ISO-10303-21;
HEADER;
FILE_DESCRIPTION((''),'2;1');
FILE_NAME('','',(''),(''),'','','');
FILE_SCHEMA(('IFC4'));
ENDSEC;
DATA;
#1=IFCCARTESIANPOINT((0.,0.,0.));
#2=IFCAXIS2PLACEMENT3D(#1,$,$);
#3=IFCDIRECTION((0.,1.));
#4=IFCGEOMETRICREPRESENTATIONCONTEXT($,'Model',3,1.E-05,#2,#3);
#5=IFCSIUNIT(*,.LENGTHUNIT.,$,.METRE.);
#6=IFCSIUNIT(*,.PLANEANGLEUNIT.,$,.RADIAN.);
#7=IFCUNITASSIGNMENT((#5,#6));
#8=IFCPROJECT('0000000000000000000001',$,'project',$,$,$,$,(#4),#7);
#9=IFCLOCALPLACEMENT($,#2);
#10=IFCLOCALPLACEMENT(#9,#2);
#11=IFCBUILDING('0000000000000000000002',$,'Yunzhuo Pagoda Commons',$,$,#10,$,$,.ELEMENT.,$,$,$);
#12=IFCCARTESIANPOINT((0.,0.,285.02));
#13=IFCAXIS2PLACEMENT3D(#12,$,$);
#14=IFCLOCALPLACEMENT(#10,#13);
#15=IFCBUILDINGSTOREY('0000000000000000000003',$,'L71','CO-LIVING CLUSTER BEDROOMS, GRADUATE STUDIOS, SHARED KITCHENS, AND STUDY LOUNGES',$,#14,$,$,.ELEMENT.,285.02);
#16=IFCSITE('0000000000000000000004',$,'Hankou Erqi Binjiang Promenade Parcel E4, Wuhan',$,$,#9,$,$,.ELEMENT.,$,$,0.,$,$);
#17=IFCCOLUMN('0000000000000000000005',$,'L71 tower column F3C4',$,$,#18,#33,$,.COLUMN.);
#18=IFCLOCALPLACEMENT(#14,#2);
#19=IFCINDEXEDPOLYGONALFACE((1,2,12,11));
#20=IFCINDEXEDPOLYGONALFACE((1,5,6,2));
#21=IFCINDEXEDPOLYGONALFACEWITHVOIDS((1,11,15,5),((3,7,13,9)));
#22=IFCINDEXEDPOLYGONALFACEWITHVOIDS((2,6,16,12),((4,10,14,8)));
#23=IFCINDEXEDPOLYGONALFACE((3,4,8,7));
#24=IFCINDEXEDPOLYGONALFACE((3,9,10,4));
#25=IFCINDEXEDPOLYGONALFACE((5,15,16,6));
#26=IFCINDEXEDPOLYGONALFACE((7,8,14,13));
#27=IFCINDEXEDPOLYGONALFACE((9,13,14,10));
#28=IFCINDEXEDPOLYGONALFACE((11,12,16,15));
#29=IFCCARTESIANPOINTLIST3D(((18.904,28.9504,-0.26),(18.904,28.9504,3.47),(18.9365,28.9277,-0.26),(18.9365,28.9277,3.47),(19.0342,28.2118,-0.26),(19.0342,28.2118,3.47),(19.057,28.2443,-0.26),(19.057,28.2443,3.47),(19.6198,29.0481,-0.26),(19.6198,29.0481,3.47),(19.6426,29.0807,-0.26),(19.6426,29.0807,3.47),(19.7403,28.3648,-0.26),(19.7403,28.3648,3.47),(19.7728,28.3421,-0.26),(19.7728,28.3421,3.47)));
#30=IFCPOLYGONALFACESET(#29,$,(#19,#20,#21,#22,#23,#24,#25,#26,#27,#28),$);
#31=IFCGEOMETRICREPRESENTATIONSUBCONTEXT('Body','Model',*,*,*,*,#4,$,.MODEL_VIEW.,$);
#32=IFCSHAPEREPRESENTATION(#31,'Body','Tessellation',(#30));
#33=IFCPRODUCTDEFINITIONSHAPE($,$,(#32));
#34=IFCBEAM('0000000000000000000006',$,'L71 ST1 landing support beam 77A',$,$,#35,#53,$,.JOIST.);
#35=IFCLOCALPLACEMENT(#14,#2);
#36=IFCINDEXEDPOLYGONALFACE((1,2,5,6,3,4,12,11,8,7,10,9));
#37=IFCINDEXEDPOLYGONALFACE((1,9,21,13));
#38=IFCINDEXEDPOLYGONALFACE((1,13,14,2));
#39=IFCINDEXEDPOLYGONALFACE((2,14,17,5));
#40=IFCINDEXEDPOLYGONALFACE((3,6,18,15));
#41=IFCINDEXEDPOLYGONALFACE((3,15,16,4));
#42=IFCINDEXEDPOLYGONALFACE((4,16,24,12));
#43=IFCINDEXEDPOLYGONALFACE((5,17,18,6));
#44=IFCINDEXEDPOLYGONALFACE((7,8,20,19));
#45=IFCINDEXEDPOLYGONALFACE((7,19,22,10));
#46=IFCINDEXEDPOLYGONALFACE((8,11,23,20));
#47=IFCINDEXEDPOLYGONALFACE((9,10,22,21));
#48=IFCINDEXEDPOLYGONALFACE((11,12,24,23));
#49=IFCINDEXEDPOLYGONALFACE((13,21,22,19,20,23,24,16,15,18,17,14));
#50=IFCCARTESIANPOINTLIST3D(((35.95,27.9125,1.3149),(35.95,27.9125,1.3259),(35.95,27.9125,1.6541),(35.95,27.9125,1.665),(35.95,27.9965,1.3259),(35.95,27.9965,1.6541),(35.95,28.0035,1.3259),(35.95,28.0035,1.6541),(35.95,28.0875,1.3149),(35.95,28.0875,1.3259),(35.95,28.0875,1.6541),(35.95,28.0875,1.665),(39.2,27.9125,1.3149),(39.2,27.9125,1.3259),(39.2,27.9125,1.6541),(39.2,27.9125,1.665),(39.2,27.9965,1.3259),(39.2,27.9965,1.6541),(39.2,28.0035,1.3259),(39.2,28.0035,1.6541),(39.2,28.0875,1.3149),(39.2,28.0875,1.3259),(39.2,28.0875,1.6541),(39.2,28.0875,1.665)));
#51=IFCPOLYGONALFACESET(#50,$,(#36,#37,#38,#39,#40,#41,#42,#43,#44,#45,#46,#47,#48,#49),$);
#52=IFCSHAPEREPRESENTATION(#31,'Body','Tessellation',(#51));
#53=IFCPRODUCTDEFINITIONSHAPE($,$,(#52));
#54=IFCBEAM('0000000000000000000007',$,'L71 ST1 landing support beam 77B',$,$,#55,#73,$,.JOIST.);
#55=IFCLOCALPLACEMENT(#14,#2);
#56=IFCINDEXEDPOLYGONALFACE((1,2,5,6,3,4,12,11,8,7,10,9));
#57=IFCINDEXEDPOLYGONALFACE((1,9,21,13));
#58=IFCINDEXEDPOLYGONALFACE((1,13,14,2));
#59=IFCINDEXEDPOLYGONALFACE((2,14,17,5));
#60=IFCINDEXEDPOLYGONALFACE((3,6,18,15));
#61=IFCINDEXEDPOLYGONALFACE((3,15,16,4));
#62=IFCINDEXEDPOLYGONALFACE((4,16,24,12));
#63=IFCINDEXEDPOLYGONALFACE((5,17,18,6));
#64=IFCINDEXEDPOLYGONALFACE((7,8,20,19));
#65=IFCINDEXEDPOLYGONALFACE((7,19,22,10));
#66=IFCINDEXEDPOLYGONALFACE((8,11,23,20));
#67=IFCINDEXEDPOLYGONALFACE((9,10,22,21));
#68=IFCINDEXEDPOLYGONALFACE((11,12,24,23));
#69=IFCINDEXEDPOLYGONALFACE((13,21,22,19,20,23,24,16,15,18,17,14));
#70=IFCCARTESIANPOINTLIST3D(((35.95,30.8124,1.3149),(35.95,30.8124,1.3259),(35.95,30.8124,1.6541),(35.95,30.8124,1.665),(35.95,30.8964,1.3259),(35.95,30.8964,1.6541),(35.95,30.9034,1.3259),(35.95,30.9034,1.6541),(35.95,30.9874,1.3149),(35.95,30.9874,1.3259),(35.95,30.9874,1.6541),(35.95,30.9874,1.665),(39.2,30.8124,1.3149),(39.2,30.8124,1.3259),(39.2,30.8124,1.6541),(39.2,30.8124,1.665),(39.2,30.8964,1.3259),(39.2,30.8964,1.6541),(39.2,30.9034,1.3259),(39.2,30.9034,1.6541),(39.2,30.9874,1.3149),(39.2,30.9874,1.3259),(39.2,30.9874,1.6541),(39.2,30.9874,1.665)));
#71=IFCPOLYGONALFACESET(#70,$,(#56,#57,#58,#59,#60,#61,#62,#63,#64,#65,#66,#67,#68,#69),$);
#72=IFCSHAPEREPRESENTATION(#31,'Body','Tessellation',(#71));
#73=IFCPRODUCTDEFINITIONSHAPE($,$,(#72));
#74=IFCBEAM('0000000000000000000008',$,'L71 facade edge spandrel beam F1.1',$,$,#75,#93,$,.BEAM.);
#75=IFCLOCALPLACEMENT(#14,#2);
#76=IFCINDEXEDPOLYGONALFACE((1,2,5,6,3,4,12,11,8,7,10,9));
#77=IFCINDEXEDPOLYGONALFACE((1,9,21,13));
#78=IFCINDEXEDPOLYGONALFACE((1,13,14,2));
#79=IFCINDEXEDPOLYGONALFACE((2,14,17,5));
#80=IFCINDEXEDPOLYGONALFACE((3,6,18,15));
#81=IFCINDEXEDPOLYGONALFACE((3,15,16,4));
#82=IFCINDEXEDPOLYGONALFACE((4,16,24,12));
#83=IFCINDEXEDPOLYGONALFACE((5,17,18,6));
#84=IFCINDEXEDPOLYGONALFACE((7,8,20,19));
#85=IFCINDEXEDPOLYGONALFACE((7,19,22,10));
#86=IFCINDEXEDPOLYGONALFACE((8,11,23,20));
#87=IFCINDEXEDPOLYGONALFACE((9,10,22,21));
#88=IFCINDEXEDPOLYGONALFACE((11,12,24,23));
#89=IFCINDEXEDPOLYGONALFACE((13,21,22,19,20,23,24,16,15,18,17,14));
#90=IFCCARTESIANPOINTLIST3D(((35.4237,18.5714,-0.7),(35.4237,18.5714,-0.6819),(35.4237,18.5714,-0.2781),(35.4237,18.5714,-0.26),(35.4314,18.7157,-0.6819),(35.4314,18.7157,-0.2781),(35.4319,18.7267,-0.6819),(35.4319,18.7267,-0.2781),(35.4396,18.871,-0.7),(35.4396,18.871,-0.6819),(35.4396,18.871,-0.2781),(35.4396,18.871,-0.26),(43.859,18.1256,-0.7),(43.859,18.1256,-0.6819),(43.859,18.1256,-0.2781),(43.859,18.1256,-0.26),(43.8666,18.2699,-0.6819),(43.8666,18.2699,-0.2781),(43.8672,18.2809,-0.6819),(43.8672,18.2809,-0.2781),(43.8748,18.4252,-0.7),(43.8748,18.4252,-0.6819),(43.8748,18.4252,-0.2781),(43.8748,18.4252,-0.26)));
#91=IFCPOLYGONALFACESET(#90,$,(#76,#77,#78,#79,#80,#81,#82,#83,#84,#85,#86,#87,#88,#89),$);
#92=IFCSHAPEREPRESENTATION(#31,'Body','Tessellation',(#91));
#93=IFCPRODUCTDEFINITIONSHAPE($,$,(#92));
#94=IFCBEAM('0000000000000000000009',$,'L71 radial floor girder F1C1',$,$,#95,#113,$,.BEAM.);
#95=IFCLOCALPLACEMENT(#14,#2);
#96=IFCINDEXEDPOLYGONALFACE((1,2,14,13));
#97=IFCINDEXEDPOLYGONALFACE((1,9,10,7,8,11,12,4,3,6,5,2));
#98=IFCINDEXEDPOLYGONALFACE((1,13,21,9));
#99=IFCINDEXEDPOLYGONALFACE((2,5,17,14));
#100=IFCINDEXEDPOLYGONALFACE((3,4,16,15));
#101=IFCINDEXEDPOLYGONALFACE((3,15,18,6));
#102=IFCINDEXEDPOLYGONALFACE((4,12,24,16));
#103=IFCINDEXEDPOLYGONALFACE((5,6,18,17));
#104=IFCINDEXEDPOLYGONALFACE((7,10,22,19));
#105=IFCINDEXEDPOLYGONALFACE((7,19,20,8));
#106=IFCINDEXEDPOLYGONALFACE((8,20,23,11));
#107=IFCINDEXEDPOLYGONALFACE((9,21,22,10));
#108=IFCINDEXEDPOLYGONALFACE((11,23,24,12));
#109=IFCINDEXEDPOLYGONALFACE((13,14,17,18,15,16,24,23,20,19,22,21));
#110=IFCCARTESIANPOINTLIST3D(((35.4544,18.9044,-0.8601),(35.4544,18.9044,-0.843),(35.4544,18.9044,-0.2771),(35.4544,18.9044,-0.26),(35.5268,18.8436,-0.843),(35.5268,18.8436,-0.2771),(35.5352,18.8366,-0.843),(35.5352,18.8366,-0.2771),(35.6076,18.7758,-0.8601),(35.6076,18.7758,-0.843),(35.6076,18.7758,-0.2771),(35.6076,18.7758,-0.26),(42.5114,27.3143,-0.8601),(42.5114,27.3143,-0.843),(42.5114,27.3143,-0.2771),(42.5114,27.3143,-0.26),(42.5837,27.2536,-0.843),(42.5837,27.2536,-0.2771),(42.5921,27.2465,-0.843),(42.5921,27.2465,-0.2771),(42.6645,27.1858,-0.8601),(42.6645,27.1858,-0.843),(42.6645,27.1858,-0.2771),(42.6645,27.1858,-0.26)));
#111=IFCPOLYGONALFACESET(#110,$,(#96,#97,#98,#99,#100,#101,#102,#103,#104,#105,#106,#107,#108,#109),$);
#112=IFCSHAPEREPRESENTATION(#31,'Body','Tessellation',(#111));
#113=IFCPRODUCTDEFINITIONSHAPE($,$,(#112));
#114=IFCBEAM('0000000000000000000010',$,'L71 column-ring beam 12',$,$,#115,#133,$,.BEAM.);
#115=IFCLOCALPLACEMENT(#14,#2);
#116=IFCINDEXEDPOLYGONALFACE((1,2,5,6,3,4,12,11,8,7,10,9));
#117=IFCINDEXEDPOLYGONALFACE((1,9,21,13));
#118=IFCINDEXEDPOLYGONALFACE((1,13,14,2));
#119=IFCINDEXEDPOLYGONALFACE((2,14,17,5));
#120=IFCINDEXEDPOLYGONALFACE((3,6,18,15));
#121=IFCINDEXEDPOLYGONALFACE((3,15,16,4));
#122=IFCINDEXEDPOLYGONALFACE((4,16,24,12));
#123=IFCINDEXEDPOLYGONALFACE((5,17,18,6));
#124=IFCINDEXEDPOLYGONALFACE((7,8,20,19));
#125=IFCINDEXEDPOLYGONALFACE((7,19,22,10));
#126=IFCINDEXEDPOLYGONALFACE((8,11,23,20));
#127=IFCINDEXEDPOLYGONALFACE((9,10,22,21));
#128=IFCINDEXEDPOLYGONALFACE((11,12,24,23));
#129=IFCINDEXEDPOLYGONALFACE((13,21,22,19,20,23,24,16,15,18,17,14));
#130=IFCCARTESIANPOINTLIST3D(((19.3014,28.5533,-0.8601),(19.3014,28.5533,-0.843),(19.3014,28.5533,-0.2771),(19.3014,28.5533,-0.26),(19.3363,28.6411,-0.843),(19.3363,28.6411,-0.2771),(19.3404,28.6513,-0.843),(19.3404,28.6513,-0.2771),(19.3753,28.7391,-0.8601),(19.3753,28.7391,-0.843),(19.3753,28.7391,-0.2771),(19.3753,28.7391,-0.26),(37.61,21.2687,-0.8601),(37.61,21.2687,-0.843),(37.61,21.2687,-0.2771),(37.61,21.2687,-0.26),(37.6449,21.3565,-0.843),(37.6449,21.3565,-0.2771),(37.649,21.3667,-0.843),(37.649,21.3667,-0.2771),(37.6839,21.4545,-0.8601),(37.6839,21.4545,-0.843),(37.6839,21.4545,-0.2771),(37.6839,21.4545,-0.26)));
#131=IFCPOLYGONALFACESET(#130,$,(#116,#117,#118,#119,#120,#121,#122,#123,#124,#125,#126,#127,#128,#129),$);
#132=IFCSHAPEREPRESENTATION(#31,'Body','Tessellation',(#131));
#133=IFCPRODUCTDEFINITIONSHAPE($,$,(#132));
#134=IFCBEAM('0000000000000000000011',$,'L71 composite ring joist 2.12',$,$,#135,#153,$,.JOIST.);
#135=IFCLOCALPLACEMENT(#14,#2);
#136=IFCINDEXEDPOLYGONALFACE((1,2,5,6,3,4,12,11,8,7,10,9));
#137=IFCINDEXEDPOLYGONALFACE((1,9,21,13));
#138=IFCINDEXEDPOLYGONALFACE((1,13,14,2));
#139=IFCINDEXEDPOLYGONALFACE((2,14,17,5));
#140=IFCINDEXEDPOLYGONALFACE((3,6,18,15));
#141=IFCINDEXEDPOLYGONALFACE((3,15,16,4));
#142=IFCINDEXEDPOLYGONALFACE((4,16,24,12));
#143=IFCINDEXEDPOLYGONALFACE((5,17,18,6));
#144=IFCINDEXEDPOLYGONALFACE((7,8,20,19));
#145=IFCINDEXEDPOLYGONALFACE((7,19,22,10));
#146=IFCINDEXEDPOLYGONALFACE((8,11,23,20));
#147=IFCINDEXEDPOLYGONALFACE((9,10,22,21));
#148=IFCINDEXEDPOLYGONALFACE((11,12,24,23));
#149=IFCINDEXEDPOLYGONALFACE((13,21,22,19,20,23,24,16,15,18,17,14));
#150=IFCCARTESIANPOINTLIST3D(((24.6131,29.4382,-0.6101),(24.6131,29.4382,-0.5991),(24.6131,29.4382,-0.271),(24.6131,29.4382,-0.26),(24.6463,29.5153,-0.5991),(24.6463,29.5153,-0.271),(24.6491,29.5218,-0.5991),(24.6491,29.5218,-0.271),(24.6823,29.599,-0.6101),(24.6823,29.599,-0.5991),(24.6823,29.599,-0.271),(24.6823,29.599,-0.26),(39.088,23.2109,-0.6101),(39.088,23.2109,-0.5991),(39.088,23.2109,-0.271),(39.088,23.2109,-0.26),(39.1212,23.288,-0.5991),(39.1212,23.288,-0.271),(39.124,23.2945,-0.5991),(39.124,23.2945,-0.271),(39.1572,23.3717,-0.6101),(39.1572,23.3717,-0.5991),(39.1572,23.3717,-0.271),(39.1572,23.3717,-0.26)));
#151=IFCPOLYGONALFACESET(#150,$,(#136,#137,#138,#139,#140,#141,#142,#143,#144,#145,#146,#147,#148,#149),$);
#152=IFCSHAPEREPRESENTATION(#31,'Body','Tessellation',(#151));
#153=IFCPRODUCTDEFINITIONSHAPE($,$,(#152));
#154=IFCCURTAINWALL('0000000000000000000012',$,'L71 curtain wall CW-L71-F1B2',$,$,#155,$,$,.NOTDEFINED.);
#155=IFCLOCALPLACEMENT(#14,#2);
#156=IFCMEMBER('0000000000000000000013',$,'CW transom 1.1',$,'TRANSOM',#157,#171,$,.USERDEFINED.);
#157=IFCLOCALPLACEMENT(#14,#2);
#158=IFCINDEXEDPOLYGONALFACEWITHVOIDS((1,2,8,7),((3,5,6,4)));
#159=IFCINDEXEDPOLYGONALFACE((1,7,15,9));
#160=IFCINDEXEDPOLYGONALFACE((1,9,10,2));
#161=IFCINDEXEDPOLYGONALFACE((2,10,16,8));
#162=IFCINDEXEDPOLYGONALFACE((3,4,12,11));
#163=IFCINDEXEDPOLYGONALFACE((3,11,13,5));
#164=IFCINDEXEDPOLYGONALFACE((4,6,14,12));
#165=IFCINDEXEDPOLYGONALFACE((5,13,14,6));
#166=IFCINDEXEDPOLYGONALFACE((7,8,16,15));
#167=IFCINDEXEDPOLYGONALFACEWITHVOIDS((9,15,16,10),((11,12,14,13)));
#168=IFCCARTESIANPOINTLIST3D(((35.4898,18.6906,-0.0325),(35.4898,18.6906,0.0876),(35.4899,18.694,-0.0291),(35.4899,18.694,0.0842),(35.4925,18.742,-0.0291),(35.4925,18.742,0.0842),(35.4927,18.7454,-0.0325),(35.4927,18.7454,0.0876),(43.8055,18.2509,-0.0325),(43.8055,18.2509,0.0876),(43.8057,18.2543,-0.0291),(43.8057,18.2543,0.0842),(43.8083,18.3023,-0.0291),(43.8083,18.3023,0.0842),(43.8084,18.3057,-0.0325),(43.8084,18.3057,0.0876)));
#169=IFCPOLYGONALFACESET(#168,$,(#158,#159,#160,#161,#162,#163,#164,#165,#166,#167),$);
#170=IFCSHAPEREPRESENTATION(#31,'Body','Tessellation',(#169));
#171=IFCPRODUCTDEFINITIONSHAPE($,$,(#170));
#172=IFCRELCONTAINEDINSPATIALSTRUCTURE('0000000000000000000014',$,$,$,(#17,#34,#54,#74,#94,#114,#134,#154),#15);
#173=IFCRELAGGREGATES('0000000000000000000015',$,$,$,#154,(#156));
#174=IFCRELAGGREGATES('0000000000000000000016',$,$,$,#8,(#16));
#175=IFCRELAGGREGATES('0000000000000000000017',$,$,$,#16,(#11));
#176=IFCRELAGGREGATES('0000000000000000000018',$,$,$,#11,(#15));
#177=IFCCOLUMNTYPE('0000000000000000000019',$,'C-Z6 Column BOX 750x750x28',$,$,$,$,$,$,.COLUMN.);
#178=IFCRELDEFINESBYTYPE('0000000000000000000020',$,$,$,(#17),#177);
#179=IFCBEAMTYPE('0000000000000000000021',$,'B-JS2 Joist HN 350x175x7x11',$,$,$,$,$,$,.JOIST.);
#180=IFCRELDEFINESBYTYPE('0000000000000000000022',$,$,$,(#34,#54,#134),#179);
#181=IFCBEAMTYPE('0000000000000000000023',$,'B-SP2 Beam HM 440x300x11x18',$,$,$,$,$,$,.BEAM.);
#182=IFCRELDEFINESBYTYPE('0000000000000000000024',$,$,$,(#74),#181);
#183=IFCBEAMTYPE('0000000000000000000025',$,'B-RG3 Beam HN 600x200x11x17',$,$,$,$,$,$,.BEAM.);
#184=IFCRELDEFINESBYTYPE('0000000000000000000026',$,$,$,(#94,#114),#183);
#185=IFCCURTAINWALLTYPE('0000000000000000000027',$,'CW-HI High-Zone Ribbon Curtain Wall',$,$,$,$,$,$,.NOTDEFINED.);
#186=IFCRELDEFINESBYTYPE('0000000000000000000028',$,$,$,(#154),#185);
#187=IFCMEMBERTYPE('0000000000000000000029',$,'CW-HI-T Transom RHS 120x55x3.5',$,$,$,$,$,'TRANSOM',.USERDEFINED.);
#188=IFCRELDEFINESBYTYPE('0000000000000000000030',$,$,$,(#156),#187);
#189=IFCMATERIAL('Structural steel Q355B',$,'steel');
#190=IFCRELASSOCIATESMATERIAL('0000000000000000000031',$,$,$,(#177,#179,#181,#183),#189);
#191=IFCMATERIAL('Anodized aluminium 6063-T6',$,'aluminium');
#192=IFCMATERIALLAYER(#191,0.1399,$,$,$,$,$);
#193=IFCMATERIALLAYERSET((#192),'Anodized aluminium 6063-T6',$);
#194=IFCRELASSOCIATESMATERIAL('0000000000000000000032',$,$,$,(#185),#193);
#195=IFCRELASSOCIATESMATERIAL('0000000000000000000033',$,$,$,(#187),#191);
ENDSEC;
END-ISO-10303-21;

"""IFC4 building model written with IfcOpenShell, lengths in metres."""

from ifc_helpers import new_model, si_unit, direction, frame, origin, origin_2d, place, context, subcontext, project, spatial, hollow_rectangle, i_section, extrude, source, transform, mapped, material, layer, layer_set, material_profile, profile_set, type_object, element, aggregate, save


model = new_model("IFC4")

# Units and contexts
model_context = context("Model", 3, precision=1e-05, world=origin(), true_north=direction((0.0, 1.0)))
body_context = subcontext(model_context, "Body", "Model", "MODEL_VIEW")
ifc_project = project(units=[si_unit("LENGTHUNIT", "METRE"), si_unit("PLANEANGLEUNIT", "RADIAN")], contexts=[model_context])

# Site, building, storey
site_placement = place(None, origin())
site = spatial("IfcSite", under=ifc_project, at=site_placement, Name="Hankou Erqi Binjiang Promenade Parcel E4, Wuhan", CompositionType="ELEMENT", RefElevation=0.0)
building_placement = place(site_placement, origin())
building = spatial("IfcBuilding", under=site, at=building_placement, Name="Yunzhuo Pagoda Commons", CompositionType="ELEMENT")
storey_placement = place(building_placement, frame((0.0, 0.0, 285.02)))
storey = spatial("IfcBuildingStorey", under=building, at=storey_placement, Name="L71", Description="CO-LIVING CLUSTER BEDROOMS, GRADUATE STUDIOS, SHARED KITCHENS, AND STUDY LOUNGES", CompositionType="ELEMENT", Elevation=285.02)

# Column
ifc_material_1 = material(Name="Structural steel Q355B", Category="steel")
ifc_material_profile_1 = material_profile(ifc_material_1, hollow_rectangle(XDim=0.75, YDim=0.75, WallThickness=0.0281, at=origin_2d()), Name="Structural steel Q355B")
ifc_profile_set_1 = profile_set([ifc_material_profile_1], Name="Structural steel Q355B")
column_type = type_object("IfcColumnType", Name="C-Z6 Column BOX 750x750x28", PredefinedType="COLUMN", material=ifc_profile_set_1)
shared_shape_1 = source(origin(), body_context, "Body", "SweptSolid", [
    extrude(hollow_rectangle(XDim=0.75, YDim=0.75, WallThickness=0.0281, at=origin_2d()), origin(), (0.0, 0.0, 1.0), 3.73),
])
column_placement = place(storey_placement, frame((19.3384, 28.6462, -0.26), z_axis=(0.0, 0.0, 1.0), x_axis=(0.173648, -0.984808, 0.0)))
element("IfcColumn", 1, at=column_placement, inside=storey, type_object=column_type, Name="L71 tower column F3C4", PredefinedType="COLUMN", context=body_context, shape_type="MappedRepresentation", body=[
    mapped(shared_shape_1, transform((0.0, 0.0, 0.0), scale=1.0)),
])

# Beams
ifc_material_profile_2 = material_profile(ifc_material_1, i_section(OverallWidth=0.175, OverallDepth=0.3501, WebThickness=0.0071, FlangeThickness=0.011, at=origin_2d()), Name="Structural steel Q355B")
ifc_profile_set_2 = profile_set([ifc_material_profile_2], Name="Structural steel Q355B")
beam_type_1 = type_object("IfcBeamType", Name="B-JS2 Joist HN 350x175x7x11", PredefinedType="JOIST", material=ifc_profile_set_2)
shared_shape_2 = source(origin(), body_context, "Body", "SweptSolid", [
    extrude(i_section(OverallWidth=0.175, OverallDepth=0.3501, WebThickness=0.0071, FlangeThickness=0.011, at=origin_2d()), origin(), (0.0, 0.0, 1.0), 3.25),
])
for number, where, z_axis, x_axis, name in (
    (2, (35.95, 28.0, 1.49), (1.0, 0.0, 0.0), (0.0, 1.0, 0.0), "L71 ST1 landing support beam 77A"),
    (3, (35.95, 30.8999, 1.49), (1.0, 0.0, 0.0), (0.0, 1.0, 0.0), "L71 ST1 landing support beam 77B"),
):
    element("IfcBeam", number, at=place(storey_placement, frame(where, z_axis=z_axis, x_axis=x_axis)), inside=storey, type_object=beam_type_1, Name=name, PredefinedType="JOIST", context=body_context, shape_type="MappedRepresentation", body=[
        mapped(shared_shape_2, transform((0.0, 0.0, 0.0), scale=1.0)),
    ])
ifc_material_profile_3 = material_profile(ifc_material_1, i_section(OverallWidth=0.3, OverallDepth=0.4399, WebThickness=0.011, FlangeThickness=0.0181, at=origin_2d()), Name="Structural steel Q355B")
ifc_profile_set_3 = profile_set([ifc_material_profile_3], Name="Structural steel Q355B")
beam_type_2 = type_object("IfcBeamType", Name="B-SP2 Beam HM 440x300x11x18", PredefinedType="BEAM", material=ifc_profile_set_3)
shared_shape_3 = source(origin(), body_context, "Body", "SweptSolid", [
    extrude(i_section(OverallWidth=0.3, OverallDepth=0.4399, WebThickness=0.011, FlangeThickness=0.0181, at=origin_2d()), origin(), (0.0, 0.0, 1.0), 8.447),
])
beam_1_placement = place(storey_placement, frame((35.4316, 18.7212, -0.48), z_axis=(0.998606, -0.052776, 0.0), x_axis=(0.052776, 0.998606, 0.0)))
element("IfcBeam", 4, at=beam_1_placement, inside=storey, type_object=beam_type_2, Name="L71 facade edge spandrel beam F1.1", PredefinedType="BEAM", context=body_context, shape_type="MappedRepresentation", body=[
    mapped(shared_shape_3, transform((0.0, 0.0, 0.0), scale=1.0)),
])
ifc_material_profile_4 = material_profile(ifc_material_1, i_section(OverallWidth=0.2, OverallDepth=0.6001, WebThickness=0.011, FlangeThickness=0.0171, at=origin_2d()), Name="Structural steel Q355B")
ifc_profile_set_4 = profile_set([ifc_material_profile_4], Name="Structural steel Q355B")
beam_type_3 = type_object("IfcBeamType", Name="B-RG3 Beam HN 600x200x11x17", PredefinedType="BEAM", material=ifc_profile_set_4)
shared_shape_4 = source(origin(), body_context, "Body", "SweptSolid", [
    extrude(i_section(OverallWidth=0.2, OverallDepth=0.6001, WebThickness=0.011, FlangeThickness=0.0171, at=origin_2d()), origin(), (0.0, 0.0, 1.0), 10.9785),
])
beam_2_placement = place(storey_placement, frame((35.531, 18.8401, -0.5601), z_axis=(0.642795, 0.766039, 0.0), x_axis=(-0.766039, 0.642795, 0.0)))
element("IfcBeam", 5, at=beam_2_placement, inside=storey, type_object=beam_type_3, Name="L71 radial floor girder F1C1", PredefinedType="BEAM", context=body_context, shape_type="MappedRepresentation", body=[
    mapped(shared_shape_4, transform((0.0, 0.0, 0.0), scale=1.0)),
])
shared_shape_5 = source(origin(), body_context, "Body", "SweptSolid", [
    extrude(i_section(OverallWidth=0.2, OverallDepth=0.6001, WebThickness=0.011, FlangeThickness=0.0171, at=origin_2d()), origin(), (0.0, 0.0, 1.0), 19.7046),
])
beam_3_placement = place(storey_placement, frame((19.3384, 28.6462, -0.5601), z_axis=(0.929154, -0.369694, 0.0), x_axis=(0.369694, 0.929154, 0.0)))
element("IfcBeam", 6, at=beam_3_placement, inside=storey, type_object=beam_type_3, Name="L71 column-ring beam 12", PredefinedType="BEAM", context=body_context, shape_type="MappedRepresentation", body=[
    mapped(shared_shape_5, transform((0.0, 0.0, 0.0), scale=1.0)),
])
shared_shape_6 = source(origin(), body_context, "Body", "SweptSolid", [
    extrude(i_section(OverallWidth=0.175, OverallDepth=0.3501, WebThickness=0.0071, FlangeThickness=0.011, at=origin_2d()), origin(), (0.0, 0.0, 1.0), 15.7576),
])
beam_4_placement = place(storey_placement, frame((24.6477, 29.5186, -0.4351), z_axis=(0.918598, -0.395194, 0.0), x_axis=(0.395194, 0.918598, 0.0)))
element("IfcBeam", 7, at=beam_4_placement, inside=storey, type_object=beam_type_1, Name="L71 composite ring joist 2.12", PredefinedType="JOIST", context=body_context, shape_type="MappedRepresentation", body=[
    mapped(shared_shape_6, transform((0.0, 0.0, 0.0), scale=1.0)),
])

# Curtain wall, member
ifc_material_2 = material(Name="Anodized aluminium 6063-T6", Category="aluminium")
ifc_layer_1 = layer(ifc_material_2, 0.1399)
ifc_layer_set_1 = layer_set([ifc_layer_1], Name="Anodized aluminium 6063-T6")
curtain_wall_type = type_object("IfcCurtainWallType", Name="CW-HI High-Zone Ribbon Curtain Wall", PredefinedType="NOTDEFINED", material=ifc_layer_set_1)
curtain_wall_1_placement = place(storey_placement, origin())
curtain_wall_1 = element("IfcCurtainWall", 8, at=curtain_wall_1_placement, inside=storey, type_object=curtain_wall_type, Name="L71 curtain wall CW-L71-F1B2", PredefinedType="NOTDEFINED")
ifc_material_profile_5 = material_profile(ifc_material_2, hollow_rectangle(XDim=0.0549, YDim=0.1201, WallThickness=0.0034, at=origin_2d()), Name="Anodized aluminium 6063-T6")
ifc_profile_set_5 = profile_set([ifc_material_profile_5], Name="Anodized aluminium 6063-T6")
member_type_1 = type_object("IfcMemberType", Name="CW-HI-T Transom RHS 120x55x3.5", ElementType="TRANSOM", PredefinedType="USERDEFINED", material=ifc_profile_set_5)
shared_shape_7 = source(origin(), body_context, "Body", "SweptSolid", [
    extrude(hollow_rectangle(XDim=0.0549, YDim=0.1201, WallThickness=0.0034, at=origin_2d()), origin(), (0.0, 0.0, 1.0), 8.3274),
])
member_1_placement = place(storey_placement, frame((35.4912, 18.718, 0.0276), z_axis=(0.998605, -0.052802, 0.0), x_axis=(0.052802, 0.998605, 0.0)))
member_1 = element("IfcMember", 9, at=member_1_placement, type_object=member_type_1, Name="CW transom 1.1", ObjectType="TRANSOM", PredefinedType="USERDEFINED", context=body_context, shape_type="MappedRepresentation", body=[
    mapped(shared_shape_7, transform((0.0, 0.0, 0.0), scale=1.0)),
])

aggregate(curtain_wall_1, [member_1])

save(model, "model.ifc")
